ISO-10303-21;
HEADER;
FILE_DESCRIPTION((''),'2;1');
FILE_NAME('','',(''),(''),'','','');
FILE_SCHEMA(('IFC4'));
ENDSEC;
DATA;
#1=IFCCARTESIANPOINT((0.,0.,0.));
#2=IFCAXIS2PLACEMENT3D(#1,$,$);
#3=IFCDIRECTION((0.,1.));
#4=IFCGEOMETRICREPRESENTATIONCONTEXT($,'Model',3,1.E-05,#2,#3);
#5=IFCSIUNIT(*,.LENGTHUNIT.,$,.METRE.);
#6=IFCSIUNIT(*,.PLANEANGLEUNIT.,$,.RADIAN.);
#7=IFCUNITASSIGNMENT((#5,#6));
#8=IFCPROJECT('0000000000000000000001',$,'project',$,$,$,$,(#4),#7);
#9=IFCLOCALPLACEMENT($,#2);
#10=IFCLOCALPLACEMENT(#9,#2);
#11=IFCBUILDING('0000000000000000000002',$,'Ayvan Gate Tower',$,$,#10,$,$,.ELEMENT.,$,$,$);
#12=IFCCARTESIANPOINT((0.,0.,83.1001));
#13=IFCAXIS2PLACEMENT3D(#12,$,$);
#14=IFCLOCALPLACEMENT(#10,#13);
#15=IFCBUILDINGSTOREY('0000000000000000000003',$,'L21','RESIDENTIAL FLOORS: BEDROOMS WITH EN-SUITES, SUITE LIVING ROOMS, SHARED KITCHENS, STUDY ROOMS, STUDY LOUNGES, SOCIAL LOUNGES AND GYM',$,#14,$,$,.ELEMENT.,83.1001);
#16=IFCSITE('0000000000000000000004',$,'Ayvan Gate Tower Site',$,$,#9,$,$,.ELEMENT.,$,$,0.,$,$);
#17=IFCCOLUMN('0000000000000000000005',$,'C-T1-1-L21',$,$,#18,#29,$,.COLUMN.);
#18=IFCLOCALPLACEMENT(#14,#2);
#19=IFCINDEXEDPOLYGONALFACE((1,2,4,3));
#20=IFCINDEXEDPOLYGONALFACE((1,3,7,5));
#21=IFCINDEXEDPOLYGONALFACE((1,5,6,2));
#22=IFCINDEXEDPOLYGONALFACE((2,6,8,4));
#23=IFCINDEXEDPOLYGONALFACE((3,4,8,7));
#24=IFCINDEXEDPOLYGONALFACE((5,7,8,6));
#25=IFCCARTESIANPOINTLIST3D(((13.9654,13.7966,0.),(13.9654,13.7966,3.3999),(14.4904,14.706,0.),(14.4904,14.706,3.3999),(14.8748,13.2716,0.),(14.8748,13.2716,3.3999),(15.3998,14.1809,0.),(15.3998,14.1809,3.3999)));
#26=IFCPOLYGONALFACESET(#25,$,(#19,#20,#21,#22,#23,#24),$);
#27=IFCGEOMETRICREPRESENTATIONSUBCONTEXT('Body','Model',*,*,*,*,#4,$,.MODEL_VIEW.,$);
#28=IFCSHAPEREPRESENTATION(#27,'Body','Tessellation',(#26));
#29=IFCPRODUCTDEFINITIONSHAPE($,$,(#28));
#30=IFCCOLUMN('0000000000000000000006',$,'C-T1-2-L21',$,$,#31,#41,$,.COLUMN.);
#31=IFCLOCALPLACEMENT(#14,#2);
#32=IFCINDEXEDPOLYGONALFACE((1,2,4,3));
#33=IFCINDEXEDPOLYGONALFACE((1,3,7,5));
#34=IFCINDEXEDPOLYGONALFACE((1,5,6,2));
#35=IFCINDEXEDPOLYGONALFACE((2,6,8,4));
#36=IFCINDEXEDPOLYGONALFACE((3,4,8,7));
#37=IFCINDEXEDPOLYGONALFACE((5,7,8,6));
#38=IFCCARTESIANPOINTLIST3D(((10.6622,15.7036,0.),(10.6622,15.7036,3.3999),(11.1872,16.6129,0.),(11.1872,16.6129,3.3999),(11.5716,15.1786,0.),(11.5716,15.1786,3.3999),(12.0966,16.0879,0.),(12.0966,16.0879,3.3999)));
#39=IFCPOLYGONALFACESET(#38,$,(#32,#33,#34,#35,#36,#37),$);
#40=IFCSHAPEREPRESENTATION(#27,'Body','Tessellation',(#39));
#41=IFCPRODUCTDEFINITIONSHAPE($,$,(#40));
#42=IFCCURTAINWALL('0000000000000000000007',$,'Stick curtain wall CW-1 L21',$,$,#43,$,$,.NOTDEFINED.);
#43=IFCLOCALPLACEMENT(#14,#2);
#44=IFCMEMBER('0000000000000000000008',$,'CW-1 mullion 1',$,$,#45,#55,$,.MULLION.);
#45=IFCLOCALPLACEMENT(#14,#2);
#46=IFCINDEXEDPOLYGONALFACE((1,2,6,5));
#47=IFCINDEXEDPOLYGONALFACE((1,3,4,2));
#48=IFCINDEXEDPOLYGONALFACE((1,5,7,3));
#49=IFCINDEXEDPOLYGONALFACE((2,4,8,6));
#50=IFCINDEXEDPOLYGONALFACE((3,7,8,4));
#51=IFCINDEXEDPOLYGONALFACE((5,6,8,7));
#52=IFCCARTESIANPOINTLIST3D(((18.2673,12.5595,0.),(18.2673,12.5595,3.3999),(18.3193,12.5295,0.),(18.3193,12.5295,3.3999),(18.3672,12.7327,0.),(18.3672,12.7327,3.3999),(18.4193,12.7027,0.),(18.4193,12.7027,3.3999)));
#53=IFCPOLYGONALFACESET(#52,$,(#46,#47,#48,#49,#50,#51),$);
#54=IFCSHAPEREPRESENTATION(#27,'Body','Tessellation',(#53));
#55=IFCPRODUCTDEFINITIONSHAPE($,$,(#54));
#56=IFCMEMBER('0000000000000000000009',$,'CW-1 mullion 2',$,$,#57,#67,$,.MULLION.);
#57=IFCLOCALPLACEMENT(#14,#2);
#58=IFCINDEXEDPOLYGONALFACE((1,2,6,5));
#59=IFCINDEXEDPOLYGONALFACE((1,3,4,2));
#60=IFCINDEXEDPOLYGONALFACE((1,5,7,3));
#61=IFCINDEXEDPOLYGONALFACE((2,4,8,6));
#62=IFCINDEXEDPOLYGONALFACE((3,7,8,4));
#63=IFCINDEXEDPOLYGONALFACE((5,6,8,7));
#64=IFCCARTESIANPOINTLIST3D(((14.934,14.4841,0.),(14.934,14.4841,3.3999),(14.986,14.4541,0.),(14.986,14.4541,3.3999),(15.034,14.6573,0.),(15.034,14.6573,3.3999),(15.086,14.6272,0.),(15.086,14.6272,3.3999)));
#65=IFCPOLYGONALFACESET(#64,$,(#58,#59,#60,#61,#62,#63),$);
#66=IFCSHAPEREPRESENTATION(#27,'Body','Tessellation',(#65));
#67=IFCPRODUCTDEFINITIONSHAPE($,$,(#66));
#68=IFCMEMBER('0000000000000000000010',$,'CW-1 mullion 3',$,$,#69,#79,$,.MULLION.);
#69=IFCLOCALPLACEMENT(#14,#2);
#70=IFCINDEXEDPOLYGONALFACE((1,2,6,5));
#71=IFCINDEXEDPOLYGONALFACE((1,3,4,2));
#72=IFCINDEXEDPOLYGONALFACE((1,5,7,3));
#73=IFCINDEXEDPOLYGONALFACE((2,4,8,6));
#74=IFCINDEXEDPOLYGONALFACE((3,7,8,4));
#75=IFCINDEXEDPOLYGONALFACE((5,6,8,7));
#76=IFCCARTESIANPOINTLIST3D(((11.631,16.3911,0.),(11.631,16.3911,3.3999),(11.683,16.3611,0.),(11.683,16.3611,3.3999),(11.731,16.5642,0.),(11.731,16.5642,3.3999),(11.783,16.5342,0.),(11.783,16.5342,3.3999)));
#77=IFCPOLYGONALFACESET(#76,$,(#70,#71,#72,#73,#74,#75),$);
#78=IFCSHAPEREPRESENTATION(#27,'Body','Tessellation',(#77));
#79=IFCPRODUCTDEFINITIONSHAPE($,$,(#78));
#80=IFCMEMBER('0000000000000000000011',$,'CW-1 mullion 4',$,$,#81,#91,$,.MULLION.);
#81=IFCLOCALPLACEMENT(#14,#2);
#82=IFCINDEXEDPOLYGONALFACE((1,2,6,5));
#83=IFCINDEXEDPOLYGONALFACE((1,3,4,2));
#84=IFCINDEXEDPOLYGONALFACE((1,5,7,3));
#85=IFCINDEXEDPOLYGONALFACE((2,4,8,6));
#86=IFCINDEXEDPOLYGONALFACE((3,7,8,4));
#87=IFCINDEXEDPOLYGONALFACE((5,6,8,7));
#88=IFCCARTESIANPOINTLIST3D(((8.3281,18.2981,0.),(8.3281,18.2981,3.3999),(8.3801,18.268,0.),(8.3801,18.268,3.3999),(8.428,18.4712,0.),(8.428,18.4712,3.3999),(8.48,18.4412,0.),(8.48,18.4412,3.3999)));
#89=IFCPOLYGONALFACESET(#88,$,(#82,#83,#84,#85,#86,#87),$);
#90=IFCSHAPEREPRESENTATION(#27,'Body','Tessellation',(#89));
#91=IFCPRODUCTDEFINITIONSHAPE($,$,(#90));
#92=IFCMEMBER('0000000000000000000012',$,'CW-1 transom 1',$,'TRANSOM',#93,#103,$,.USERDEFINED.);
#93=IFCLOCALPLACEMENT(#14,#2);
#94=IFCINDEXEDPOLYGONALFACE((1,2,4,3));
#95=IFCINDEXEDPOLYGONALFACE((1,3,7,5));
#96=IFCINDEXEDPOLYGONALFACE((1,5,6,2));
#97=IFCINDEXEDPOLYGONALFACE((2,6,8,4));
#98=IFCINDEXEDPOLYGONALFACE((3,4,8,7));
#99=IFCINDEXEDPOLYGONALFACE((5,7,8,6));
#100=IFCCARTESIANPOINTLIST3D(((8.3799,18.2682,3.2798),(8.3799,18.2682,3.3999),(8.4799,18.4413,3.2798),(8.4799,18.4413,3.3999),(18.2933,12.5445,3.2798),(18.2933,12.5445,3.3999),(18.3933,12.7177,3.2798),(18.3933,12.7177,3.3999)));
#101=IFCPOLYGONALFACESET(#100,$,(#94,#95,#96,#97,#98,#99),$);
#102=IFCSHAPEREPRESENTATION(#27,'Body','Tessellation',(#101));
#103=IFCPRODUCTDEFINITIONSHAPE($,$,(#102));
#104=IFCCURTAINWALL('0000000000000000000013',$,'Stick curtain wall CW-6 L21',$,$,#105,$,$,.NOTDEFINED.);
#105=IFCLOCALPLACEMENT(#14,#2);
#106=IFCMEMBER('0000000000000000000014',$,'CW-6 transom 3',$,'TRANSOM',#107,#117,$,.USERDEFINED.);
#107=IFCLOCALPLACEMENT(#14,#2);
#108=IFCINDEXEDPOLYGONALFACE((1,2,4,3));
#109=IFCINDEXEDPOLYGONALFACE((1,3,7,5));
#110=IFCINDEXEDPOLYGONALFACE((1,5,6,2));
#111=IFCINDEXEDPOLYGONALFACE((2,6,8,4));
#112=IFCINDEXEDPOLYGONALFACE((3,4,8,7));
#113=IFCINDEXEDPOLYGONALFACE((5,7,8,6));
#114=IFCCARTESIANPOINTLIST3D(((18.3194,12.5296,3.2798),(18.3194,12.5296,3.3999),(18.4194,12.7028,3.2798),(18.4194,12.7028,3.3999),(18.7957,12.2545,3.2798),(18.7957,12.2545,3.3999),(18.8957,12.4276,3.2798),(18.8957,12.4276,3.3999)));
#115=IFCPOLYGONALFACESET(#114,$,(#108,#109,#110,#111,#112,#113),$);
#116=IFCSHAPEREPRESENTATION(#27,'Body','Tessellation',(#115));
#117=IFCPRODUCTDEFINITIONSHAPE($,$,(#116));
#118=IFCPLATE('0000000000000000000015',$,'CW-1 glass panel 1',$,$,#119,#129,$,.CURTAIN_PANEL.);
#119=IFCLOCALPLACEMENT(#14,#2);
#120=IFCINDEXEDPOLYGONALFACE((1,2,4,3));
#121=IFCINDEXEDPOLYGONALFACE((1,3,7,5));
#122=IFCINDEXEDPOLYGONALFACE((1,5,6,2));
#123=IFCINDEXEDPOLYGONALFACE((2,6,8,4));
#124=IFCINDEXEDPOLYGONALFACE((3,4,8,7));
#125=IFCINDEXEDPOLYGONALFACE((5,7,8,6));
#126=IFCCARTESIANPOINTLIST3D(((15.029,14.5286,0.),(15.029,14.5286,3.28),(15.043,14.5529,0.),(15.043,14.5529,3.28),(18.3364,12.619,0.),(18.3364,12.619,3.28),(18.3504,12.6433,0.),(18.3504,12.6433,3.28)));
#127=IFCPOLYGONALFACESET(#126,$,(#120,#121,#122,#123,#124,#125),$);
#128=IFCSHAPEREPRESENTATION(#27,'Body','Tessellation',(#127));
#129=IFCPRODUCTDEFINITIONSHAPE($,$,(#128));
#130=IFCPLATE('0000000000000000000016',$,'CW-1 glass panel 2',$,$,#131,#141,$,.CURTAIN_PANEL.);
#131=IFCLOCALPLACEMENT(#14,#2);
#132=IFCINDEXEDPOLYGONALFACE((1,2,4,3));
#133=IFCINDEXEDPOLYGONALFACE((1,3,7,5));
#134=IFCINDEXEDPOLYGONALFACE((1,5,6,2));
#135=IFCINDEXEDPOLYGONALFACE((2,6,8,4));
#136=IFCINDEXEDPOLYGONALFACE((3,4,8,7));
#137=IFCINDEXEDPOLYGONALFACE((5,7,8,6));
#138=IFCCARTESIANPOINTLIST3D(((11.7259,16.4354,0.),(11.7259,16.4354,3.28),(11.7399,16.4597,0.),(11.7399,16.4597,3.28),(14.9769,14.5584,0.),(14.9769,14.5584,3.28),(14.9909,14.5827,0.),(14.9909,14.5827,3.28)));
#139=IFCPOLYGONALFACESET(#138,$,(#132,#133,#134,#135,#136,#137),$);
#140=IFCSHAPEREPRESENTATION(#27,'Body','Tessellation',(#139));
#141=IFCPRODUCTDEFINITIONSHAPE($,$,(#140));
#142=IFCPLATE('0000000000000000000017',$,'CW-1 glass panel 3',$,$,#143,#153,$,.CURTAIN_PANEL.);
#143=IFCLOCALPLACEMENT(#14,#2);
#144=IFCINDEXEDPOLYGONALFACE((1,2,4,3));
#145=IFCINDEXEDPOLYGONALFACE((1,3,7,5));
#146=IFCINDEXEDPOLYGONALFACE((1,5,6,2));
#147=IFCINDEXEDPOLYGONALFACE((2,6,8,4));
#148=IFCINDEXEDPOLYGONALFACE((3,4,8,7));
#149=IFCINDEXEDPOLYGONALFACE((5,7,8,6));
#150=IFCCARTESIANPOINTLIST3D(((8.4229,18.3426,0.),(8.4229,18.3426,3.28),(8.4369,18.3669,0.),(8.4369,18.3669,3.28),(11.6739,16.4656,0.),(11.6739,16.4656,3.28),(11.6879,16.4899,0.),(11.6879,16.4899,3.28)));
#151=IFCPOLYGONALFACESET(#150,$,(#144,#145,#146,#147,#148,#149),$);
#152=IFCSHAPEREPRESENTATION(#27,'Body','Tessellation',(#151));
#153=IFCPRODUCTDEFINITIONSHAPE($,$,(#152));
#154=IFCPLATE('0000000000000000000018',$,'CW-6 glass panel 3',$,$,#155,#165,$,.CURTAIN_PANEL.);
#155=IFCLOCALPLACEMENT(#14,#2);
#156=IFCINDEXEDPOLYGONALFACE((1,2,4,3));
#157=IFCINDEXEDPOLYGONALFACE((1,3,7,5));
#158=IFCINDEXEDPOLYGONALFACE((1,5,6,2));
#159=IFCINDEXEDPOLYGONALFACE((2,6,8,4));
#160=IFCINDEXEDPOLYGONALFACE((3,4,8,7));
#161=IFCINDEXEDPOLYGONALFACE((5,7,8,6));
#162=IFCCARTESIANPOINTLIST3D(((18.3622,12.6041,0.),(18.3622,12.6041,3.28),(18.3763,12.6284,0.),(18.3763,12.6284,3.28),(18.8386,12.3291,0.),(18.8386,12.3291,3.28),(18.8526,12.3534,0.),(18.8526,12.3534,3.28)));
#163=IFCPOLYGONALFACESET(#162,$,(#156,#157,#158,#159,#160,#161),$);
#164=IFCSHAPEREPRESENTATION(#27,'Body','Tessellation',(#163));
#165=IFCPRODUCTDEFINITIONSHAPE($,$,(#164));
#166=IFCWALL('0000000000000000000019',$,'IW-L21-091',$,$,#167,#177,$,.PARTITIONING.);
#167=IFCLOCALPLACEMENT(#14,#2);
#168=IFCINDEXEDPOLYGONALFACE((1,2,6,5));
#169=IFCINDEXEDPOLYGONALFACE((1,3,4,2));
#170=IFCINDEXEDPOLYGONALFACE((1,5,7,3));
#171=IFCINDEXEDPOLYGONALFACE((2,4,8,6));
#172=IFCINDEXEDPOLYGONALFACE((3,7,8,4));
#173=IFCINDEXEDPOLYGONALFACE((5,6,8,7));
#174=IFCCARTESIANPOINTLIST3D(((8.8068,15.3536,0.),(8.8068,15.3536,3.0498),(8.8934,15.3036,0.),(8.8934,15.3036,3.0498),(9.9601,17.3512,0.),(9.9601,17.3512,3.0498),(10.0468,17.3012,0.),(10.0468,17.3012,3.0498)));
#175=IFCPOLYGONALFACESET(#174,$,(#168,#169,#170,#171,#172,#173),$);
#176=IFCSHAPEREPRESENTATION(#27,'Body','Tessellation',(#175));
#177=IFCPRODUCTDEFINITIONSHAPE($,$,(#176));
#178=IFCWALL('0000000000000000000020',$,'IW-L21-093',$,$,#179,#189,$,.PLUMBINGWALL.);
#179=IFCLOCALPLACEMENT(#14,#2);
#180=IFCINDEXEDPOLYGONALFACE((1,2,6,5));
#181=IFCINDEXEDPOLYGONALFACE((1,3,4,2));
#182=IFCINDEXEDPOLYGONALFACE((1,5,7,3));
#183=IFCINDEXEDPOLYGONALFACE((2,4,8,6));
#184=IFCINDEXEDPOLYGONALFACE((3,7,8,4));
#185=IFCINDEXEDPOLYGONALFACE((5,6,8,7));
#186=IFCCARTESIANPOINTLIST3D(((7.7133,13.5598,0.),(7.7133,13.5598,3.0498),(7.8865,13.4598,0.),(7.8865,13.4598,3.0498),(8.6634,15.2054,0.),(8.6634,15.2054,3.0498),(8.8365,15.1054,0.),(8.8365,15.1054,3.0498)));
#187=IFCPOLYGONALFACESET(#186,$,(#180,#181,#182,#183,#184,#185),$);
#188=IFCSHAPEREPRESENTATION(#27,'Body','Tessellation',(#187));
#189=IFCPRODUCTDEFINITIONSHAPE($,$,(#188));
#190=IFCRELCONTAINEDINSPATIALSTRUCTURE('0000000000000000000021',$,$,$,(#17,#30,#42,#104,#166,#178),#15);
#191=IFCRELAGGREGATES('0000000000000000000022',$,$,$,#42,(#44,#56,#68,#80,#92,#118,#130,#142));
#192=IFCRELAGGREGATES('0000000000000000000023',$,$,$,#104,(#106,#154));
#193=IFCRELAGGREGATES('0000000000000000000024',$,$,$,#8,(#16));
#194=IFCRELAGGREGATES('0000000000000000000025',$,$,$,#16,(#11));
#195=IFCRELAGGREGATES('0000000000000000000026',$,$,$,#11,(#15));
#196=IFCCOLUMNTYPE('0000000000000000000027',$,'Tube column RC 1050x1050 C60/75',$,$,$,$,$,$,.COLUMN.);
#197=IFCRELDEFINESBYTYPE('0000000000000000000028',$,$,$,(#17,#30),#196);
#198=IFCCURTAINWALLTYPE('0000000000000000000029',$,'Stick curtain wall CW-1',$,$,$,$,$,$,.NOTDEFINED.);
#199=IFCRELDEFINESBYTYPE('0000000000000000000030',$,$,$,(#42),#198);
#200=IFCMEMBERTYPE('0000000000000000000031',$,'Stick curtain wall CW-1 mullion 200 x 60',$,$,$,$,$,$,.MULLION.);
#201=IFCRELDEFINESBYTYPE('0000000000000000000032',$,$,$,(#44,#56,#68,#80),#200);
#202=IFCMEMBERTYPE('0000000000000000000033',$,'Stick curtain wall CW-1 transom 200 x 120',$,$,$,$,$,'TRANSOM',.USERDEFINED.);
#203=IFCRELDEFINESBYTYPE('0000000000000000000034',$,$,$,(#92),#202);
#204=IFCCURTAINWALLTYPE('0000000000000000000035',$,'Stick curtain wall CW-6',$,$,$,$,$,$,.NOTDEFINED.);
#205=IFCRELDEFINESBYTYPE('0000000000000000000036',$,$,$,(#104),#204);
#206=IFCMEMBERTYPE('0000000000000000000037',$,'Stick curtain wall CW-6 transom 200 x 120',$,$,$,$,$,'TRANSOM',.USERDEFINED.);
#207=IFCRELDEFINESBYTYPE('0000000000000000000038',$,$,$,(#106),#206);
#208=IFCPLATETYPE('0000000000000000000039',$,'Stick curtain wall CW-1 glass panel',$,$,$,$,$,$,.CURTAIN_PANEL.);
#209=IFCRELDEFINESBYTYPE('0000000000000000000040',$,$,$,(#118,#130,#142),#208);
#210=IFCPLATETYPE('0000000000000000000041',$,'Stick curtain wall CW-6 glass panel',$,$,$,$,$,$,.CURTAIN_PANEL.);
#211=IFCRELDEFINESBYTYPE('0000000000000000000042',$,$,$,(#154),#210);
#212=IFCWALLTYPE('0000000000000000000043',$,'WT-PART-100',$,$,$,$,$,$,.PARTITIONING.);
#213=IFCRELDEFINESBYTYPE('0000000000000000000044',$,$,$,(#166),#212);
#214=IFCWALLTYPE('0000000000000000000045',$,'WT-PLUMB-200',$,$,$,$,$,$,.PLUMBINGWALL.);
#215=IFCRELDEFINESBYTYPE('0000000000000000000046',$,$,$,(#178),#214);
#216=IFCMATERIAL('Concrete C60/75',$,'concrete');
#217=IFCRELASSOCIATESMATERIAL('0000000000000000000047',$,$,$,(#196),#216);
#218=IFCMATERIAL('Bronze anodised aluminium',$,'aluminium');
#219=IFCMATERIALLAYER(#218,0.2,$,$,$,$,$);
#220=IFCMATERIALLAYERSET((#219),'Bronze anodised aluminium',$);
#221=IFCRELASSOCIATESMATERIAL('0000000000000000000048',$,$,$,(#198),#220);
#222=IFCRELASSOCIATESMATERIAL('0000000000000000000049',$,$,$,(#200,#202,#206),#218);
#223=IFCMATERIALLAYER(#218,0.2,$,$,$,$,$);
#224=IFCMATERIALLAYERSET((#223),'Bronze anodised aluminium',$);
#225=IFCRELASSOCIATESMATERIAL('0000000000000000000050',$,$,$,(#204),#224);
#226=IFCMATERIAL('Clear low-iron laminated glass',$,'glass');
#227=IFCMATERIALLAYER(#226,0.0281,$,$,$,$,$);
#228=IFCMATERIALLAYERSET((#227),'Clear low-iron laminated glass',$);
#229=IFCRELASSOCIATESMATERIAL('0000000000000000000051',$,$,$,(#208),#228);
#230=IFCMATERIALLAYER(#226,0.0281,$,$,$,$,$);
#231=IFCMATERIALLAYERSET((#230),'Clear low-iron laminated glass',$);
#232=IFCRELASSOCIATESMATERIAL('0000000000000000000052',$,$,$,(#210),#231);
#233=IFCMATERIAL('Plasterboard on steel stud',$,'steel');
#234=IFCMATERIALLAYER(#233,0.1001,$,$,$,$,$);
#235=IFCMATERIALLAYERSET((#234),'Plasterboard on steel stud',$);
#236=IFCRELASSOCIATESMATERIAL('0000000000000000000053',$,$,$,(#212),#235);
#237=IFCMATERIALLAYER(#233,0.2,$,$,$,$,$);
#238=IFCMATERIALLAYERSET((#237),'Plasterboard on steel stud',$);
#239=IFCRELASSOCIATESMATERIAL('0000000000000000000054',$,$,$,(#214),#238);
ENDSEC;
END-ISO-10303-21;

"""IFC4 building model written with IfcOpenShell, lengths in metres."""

from ifc_helpers import new_model, si_unit, direction, frame, frame_2d, origin, origin_2d, place, context, subcontext, project, spatial, rectangle, extrude, material, layer, layer_set, material_profile, profile_set, type_object, element, aggregate, save


model = new_model("IFC4")

# Units and contexts
model_context = context("Model", 3, precision=1e-05, world=origin(), true_north=direction((0.0, 1.0)))
body_context = subcontext(model_context, "Body", "Model", "MODEL_VIEW")
ifc_project = project(units=[si_unit("LENGTHUNIT", "METRE"), si_unit("PLANEANGLEUNIT", "RADIAN")], contexts=[model_context])

# Site, building, storey
site_placement = place(None, origin())
site = spatial("IfcSite", under=ifc_project, at=site_placement, Name="Ayvan Gate Tower Site", CompositionType="ELEMENT", RefElevation=0.0)
building_placement = place(site_placement, origin())
building = spatial("IfcBuilding", under=site, at=building_placement, Name="Ayvan Gate Tower", CompositionType="ELEMENT")
storey_placement = place(building_placement, frame((0.0, 0.0, 83.1001)))
storey = spatial("IfcBuildingStorey", under=building, at=storey_placement, Name="L21", Description="RESIDENTIAL FLOORS: BEDROOMS WITH EN-SUITES, SUITE LIVING ROOMS, SHARED KITCHENS, STUDY ROOMS, STUDY LOUNGES, SOCIAL LOUNGES AND GYM", CompositionType="ELEMENT", Elevation=83.1001)

# Columns
ifc_material_1 = material(Name="Concrete C60/75", Category="concrete")
ifc_material_profile_1 = material_profile(ifc_material_1, rectangle(XDim=1.05, YDim=1.05, at=origin_2d()), Name="RC 1050x1050")
ifc_profile_set_1 = profile_set([ifc_material_profile_1], Name="Concrete C60/75")
column_type = type_object("IfcColumnType", Name="Tube column RC 1050x1050 C60/75", PredefinedType="COLUMN", material=ifc_profile_set_1)
for number, where, z_axis, x_axis, name in (
    (1, (14.6826, 13.9888, 0.0), (0.0, 0.0, 1.0), (0.5, 0.866025, 0.0), "C-T1-1-L21"),
    (2, (11.3794, 15.8958, 0.0), (0.0, 0.0, 1.0), (0.5, 0.866025, 0.0), "C-T1-2-L21"),
):
    element("IfcColumn", number, at=place(storey_placement, frame(where, z_axis=z_axis, x_axis=x_axis)), inside=storey, type_object=column_type, Name=name, PredefinedType="COLUMN", context=body_context, shape_type="SweptSolid", body=[
        extrude(rectangle(XDim=1.05, YDim=1.05, at=origin_2d()), origin(), (0.0, 0.0, 1.0), 3.3999),
    ])

# Curtain wall, members
ifc_material_2 = material(Name="Bronze anodised aluminium", Category="aluminium")
ifc_layer_1 = layer(ifc_material_2, 0.2)
ifc_layer_set_1 = layer_set([ifc_layer_1], Name="Bronze anodised aluminium")
curtain_wall_type_1 = type_object("IfcCurtainWallType", Name="Stick curtain wall CW-1", PredefinedType="NOTDEFINED", material=ifc_layer_set_1)
curtain_wall_1_placement = place(storey_placement, origin())
curtain_wall_1 = element("IfcCurtainWall", 3, at=curtain_wall_1_placement, inside=storey, type_object=curtain_wall_type_1, Name="Stick curtain wall CW-1 L21", PredefinedType="NOTDEFINED")
ifc_material_profile_2 = material_profile(ifc_material_2, rectangle(XDim=0.2, YDim=0.0601, at=origin_2d()), Name="Stick curtain wall CW-1 mullion 200 x 60")
ifc_profile_set_2 = profile_set([ifc_material_profile_2], Name="Bronze anodised aluminium")
member_type_1 = type_object("IfcMemberType", Name="Stick curtain wall CW-1 mullion 200 x 60", PredefinedType="MULLION", material=ifc_profile_set_2)
member_1_placement = place(storey_placement, frame((18.3433, 12.6311, 0.0), z_axis=(0.0, 0.0, 1.0), x_axis=(0.5, 0.866025, 0.0)))
member_1 = element("IfcMember", 4, at=member_1_placement, type_object=member_type_1, Name="CW-1 mullion 1", PredefinedType="MULLION", context=body_context, shape_type="SweptSolid", body=[
    extrude(rectangle(XDim=0.2, YDim=0.0601, at=origin_2d()), origin(), (0.0, 0.0, 1.0), 3.3999),
])
member_2_placement = place(storey_placement, frame((15.01, 14.5557, 0.0), z_axis=(0.0, 0.0, 1.0), x_axis=(0.5, 0.866025, 0.0)))
member_2 = element("IfcMember", 5, at=member_2_placement, type_object=member_type_1, Name="CW-1 mullion 2", PredefinedType="MULLION", context=body_context, shape_type="SweptSolid", body=[
    extrude(rectangle(XDim=0.2, YDim=0.0601, at=origin_2d()), origin(), (0.0, 0.0, 1.0), 3.3999),
])
member_3_placement = place(storey_placement, frame((11.707, 16.4626, 0.0), z_axis=(0.0, 0.0, 1.0), x_axis=(0.5, 0.866025, 0.0)))
member_3 = element("IfcMember", 6, at=member_3_placement, type_object=member_type_1, Name="CW-1 mullion 3", PredefinedType="MULLION", context=body_context, shape_type="SweptSolid", body=[
    extrude(rectangle(XDim=0.2, YDim=0.0601, at=origin_2d()), origin(), (0.0, 0.0, 1.0), 3.3999),
])
member_4_placement = place(storey_placement, frame((8.4041, 18.3696, 0.0), z_axis=(0.0, 0.0, 1.0), x_axis=(0.5, 0.866025, 0.0)))
member_4 = element("IfcMember", 7, at=member_4_placement, type_object=member_type_1, Name="CW-1 mullion 4", PredefinedType="MULLION", context=body_context, shape_type="SweptSolid", body=[
    extrude(rectangle(XDim=0.2, YDim=0.0601, at=origin_2d()), origin(), (0.0, 0.0, 1.0), 3.3999),
])
ifc_material_profile_3 = material_profile(ifc_material_2, rectangle(XDim=0.2, YDim=0.1201, at=origin_2d()), Name="Stick curtain wall CW-1 transom 200 x 120")
ifc_profile_set_3 = profile_set([ifc_material_profile_3], Name="Bronze anodised aluminium")
member_type_2 = type_object("IfcMemberType", Name="Stick curtain wall CW-1 transom 200 x 120", ElementType="TRANSOM", PredefinedType="USERDEFINED", material=ifc_profile_set_3)
member_5_placement = place(storey_placement, frame((18.3433, 12.6311, 3.3398), z_axis=(-0.866019, 0.500011, 0.0), x_axis=(-0.500011, -0.866019, 0.0)))
member_5 = element("IfcMember", 8, at=member_5_placement, type_object=member_type_2, Name="CW-1 transom 1", ObjectType="TRANSOM", PredefinedType="USERDEFINED", context=body_context, shape_type="SweptSolid", body=[
    extrude(rectangle(XDim=0.2, YDim=0.1201, at=origin_2d()), origin(), (0.0, 0.0, 1.0), 11.447),
])

# Curtain wall, member
ifc_layer_2 = layer(ifc_material_2, 0.2)
ifc_layer_set_2 = layer_set([ifc_layer_2], Name="Bronze anodised aluminium")
curtain_wall_type_2 = type_object("IfcCurtainWallType", Name="Stick curtain wall CW-6", PredefinedType="NOTDEFINED", material=ifc_layer_set_2)
curtain_wall_2_placement = place(storey_placement, origin())
curtain_wall_2 = element("IfcCurtainWall", 9, at=curtain_wall_2_placement, inside=storey, type_object=curtain_wall_type_2, Name="Stick curtain wall CW-6 L21", PredefinedType="NOTDEFINED")
ifc_material_profile_4 = material_profile(ifc_material_2, rectangle(XDim=0.2, YDim=0.1201, at=origin_2d()), Name="Stick curtain wall CW-6 transom 200 x 120")
ifc_profile_set_4 = profile_set([ifc_material_profile_4], Name="Bronze anodised aluminium")
member_type_3 = type_object("IfcMemberType", Name="Stick curtain wall CW-6 transom 200 x 120", ElementType="TRANSOM", PredefinedType="USERDEFINED", material=ifc_profile_set_4)
member_6_placement = place(storey_placement, frame((18.8457, 12.3411, 3.3398), z_axis=(-0.865912, 0.500196, 0.0), x_axis=(-0.500196, -0.865912, 0.0)))
member_6 = element("IfcMember", 10, at=member_6_placement, type_object=member_type_3, Name="CW-6 transom 3", ObjectType="TRANSOM", PredefinedType="USERDEFINED", context=body_context, shape_type="SweptSolid", body=[
    extrude(rectangle(XDim=0.2, YDim=0.1201, at=origin_2d()), origin(), (0.0, 0.0, 1.0), 0.55),
])

# Plates
ifc_material_3 = material(Name="Clear low-iron laminated glass", Category="glass")
ifc_layer_3 = layer(ifc_material_3, 0.0281)
ifc_layer_set_3 = layer_set([ifc_layer_3], Name="Clear low-iron laminated glass")
plate_type_1 = type_object("IfcPlateType", Name="Stick curtain wall CW-1 glass panel", PredefinedType="CURTAIN_PANEL", material=ifc_layer_set_3)
plate_1_placement = place(storey_placement, frame((16.6897, 13.5859, 0.0), z_axis=(0.0, 0.0, 1.0), x_axis=(-0.866025, 0.5, 0.0)))
plate_1 = element("IfcPlate", 11, at=plate_1_placement, type_object=plate_type_1, Name="CW-1 glass panel 1", PredefinedType="CURTAIN_PANEL", context=body_context, shape_type="SweptSolid", body=[
    extrude(rectangle(XDim=3.8191, YDim=0.0281, at=origin_2d()), origin(), (0.0, 0.0, 1.0), 3.28),
])
plate_2_placement = place(storey_placement, frame((13.3584, 15.509, 0.0), z_axis=(0.0, 0.0, 1.0), x_axis=(-0.866025, 0.5, 0.0)))
plate_2 = element("IfcPlate", 12, at=plate_2_placement, type_object=plate_type_1, Name="CW-1 glass panel 2", PredefinedType="CURTAIN_PANEL", context=body_context, shape_type="SweptSolid", body=[
    extrude(rectangle(XDim=3.7539, YDim=0.0281, at=origin_2d()), origin(), (0.0, 0.0, 1.0), 3.28),
])
plate_3_placement = place(storey_placement, frame((10.0554, 17.4163, 0.0), z_axis=(0.0, 0.0, 1.0), x_axis=(-0.866025, 0.5, 0.0)))
plate_3 = element("IfcPlate", 13, at=plate_3_placement, type_object=plate_type_1, Name="CW-1 glass panel 3", PredefinedType="CURTAIN_PANEL", context=body_context, shape_type="SweptSolid", body=[
    extrude(rectangle(XDim=3.7539, YDim=0.0281, at=origin_2d()), origin(), (0.0, 0.0, 1.0), 3.28),
])
aggregate(curtain_wall_1, [member_1, member_2, member_3, member_4, member_5, plate_1, plate_2, plate_3])
ifc_layer_4 = layer(ifc_material_3, 0.0281)
ifc_layer_set_4 = layer_set([ifc_layer_4], Name="Clear low-iron laminated glass")
plate_type_2 = type_object("IfcPlateType", Name="Stick curtain wall CW-6 glass panel", PredefinedType="CURTAIN_PANEL", material=ifc_layer_set_4)
plate_4_placement = place(storey_placement, frame((18.6074, 12.4788, 0.0), z_axis=(0.0, 0.0, 1.0), x_axis=(-0.866025, 0.5, 0.0)))
plate_4 = element("IfcPlate", 14, at=plate_4_placement, type_object=plate_type_2, Name="CW-6 glass panel 3", PredefinedType="CURTAIN_PANEL", context=body_context, shape_type="SweptSolid", body=[
    extrude(rectangle(XDim=0.55, YDim=0.0281, at=origin_2d()), origin(), (0.0, 0.0, 1.0), 3.28),
])
aggregate(curtain_wall_2, [member_6, plate_4])

# Walls
ifc_material_4 = material(Name="Plasterboard on steel stud", Category="steel")
ifc_layer_5 = layer(ifc_material_4, 0.1001)
ifc_layer_set_5 = layer_set([ifc_layer_5], Name="Plasterboard on steel stud")
wall_type_1 = type_object("IfcWallType", Name="WT-PART-100", PredefinedType="PARTITIONING", material=ifc_layer_set_5)
wall_1_placement = place(storey_placement, frame((8.8501, 15.3286, 0.0), z_axis=(0.0, 0.0, 1.0), x_axis=(0.50001, 0.86602, 0.0)))
element("IfcWall", 15, at=wall_1_placement, inside=storey, type_object=wall_type_1, Name="IW-L21-091", PredefinedType="PARTITIONING", context=body_context, shape_type="SweptSolid", body=[
    extrude(rectangle(XDim=2.3066, YDim=0.1001, at=frame_2d((1.1533, 0.0))), origin(), (0.0, 0.0, 1.0), 3.0498),
])
ifc_layer_6 = layer(ifc_material_4, 0.2)
ifc_layer_set_6 = layer_set([ifc_layer_6], Name="Plasterboard on steel stud")
wall_type_2 = type_object("IfcWallType", Name="WT-PLUMB-200", PredefinedType="PLUMBINGWALL", material=ifc_layer_set_6)
wall_2_placement = place(storey_placement, frame((8.75, 15.1555, 0.0), z_axis=(0.0, 0.0, 1.0), x_axis=(-0.499967, -0.866044, 0.0)))
element("IfcWall", 16, at=wall_2_placement, inside=storey, type_object=wall_type_2, Name="IW-L21-093", PredefinedType="PLUMBINGWALL", context=body_context, shape_type="SweptSolid", body=[
    extrude(rectangle(XDim=1.9001, YDim=0.2, at=frame_2d((0.9502, 0.0))), origin(), (0.0, 0.0, 1.0), 3.0498),
])

save(model, "model.ifc")
